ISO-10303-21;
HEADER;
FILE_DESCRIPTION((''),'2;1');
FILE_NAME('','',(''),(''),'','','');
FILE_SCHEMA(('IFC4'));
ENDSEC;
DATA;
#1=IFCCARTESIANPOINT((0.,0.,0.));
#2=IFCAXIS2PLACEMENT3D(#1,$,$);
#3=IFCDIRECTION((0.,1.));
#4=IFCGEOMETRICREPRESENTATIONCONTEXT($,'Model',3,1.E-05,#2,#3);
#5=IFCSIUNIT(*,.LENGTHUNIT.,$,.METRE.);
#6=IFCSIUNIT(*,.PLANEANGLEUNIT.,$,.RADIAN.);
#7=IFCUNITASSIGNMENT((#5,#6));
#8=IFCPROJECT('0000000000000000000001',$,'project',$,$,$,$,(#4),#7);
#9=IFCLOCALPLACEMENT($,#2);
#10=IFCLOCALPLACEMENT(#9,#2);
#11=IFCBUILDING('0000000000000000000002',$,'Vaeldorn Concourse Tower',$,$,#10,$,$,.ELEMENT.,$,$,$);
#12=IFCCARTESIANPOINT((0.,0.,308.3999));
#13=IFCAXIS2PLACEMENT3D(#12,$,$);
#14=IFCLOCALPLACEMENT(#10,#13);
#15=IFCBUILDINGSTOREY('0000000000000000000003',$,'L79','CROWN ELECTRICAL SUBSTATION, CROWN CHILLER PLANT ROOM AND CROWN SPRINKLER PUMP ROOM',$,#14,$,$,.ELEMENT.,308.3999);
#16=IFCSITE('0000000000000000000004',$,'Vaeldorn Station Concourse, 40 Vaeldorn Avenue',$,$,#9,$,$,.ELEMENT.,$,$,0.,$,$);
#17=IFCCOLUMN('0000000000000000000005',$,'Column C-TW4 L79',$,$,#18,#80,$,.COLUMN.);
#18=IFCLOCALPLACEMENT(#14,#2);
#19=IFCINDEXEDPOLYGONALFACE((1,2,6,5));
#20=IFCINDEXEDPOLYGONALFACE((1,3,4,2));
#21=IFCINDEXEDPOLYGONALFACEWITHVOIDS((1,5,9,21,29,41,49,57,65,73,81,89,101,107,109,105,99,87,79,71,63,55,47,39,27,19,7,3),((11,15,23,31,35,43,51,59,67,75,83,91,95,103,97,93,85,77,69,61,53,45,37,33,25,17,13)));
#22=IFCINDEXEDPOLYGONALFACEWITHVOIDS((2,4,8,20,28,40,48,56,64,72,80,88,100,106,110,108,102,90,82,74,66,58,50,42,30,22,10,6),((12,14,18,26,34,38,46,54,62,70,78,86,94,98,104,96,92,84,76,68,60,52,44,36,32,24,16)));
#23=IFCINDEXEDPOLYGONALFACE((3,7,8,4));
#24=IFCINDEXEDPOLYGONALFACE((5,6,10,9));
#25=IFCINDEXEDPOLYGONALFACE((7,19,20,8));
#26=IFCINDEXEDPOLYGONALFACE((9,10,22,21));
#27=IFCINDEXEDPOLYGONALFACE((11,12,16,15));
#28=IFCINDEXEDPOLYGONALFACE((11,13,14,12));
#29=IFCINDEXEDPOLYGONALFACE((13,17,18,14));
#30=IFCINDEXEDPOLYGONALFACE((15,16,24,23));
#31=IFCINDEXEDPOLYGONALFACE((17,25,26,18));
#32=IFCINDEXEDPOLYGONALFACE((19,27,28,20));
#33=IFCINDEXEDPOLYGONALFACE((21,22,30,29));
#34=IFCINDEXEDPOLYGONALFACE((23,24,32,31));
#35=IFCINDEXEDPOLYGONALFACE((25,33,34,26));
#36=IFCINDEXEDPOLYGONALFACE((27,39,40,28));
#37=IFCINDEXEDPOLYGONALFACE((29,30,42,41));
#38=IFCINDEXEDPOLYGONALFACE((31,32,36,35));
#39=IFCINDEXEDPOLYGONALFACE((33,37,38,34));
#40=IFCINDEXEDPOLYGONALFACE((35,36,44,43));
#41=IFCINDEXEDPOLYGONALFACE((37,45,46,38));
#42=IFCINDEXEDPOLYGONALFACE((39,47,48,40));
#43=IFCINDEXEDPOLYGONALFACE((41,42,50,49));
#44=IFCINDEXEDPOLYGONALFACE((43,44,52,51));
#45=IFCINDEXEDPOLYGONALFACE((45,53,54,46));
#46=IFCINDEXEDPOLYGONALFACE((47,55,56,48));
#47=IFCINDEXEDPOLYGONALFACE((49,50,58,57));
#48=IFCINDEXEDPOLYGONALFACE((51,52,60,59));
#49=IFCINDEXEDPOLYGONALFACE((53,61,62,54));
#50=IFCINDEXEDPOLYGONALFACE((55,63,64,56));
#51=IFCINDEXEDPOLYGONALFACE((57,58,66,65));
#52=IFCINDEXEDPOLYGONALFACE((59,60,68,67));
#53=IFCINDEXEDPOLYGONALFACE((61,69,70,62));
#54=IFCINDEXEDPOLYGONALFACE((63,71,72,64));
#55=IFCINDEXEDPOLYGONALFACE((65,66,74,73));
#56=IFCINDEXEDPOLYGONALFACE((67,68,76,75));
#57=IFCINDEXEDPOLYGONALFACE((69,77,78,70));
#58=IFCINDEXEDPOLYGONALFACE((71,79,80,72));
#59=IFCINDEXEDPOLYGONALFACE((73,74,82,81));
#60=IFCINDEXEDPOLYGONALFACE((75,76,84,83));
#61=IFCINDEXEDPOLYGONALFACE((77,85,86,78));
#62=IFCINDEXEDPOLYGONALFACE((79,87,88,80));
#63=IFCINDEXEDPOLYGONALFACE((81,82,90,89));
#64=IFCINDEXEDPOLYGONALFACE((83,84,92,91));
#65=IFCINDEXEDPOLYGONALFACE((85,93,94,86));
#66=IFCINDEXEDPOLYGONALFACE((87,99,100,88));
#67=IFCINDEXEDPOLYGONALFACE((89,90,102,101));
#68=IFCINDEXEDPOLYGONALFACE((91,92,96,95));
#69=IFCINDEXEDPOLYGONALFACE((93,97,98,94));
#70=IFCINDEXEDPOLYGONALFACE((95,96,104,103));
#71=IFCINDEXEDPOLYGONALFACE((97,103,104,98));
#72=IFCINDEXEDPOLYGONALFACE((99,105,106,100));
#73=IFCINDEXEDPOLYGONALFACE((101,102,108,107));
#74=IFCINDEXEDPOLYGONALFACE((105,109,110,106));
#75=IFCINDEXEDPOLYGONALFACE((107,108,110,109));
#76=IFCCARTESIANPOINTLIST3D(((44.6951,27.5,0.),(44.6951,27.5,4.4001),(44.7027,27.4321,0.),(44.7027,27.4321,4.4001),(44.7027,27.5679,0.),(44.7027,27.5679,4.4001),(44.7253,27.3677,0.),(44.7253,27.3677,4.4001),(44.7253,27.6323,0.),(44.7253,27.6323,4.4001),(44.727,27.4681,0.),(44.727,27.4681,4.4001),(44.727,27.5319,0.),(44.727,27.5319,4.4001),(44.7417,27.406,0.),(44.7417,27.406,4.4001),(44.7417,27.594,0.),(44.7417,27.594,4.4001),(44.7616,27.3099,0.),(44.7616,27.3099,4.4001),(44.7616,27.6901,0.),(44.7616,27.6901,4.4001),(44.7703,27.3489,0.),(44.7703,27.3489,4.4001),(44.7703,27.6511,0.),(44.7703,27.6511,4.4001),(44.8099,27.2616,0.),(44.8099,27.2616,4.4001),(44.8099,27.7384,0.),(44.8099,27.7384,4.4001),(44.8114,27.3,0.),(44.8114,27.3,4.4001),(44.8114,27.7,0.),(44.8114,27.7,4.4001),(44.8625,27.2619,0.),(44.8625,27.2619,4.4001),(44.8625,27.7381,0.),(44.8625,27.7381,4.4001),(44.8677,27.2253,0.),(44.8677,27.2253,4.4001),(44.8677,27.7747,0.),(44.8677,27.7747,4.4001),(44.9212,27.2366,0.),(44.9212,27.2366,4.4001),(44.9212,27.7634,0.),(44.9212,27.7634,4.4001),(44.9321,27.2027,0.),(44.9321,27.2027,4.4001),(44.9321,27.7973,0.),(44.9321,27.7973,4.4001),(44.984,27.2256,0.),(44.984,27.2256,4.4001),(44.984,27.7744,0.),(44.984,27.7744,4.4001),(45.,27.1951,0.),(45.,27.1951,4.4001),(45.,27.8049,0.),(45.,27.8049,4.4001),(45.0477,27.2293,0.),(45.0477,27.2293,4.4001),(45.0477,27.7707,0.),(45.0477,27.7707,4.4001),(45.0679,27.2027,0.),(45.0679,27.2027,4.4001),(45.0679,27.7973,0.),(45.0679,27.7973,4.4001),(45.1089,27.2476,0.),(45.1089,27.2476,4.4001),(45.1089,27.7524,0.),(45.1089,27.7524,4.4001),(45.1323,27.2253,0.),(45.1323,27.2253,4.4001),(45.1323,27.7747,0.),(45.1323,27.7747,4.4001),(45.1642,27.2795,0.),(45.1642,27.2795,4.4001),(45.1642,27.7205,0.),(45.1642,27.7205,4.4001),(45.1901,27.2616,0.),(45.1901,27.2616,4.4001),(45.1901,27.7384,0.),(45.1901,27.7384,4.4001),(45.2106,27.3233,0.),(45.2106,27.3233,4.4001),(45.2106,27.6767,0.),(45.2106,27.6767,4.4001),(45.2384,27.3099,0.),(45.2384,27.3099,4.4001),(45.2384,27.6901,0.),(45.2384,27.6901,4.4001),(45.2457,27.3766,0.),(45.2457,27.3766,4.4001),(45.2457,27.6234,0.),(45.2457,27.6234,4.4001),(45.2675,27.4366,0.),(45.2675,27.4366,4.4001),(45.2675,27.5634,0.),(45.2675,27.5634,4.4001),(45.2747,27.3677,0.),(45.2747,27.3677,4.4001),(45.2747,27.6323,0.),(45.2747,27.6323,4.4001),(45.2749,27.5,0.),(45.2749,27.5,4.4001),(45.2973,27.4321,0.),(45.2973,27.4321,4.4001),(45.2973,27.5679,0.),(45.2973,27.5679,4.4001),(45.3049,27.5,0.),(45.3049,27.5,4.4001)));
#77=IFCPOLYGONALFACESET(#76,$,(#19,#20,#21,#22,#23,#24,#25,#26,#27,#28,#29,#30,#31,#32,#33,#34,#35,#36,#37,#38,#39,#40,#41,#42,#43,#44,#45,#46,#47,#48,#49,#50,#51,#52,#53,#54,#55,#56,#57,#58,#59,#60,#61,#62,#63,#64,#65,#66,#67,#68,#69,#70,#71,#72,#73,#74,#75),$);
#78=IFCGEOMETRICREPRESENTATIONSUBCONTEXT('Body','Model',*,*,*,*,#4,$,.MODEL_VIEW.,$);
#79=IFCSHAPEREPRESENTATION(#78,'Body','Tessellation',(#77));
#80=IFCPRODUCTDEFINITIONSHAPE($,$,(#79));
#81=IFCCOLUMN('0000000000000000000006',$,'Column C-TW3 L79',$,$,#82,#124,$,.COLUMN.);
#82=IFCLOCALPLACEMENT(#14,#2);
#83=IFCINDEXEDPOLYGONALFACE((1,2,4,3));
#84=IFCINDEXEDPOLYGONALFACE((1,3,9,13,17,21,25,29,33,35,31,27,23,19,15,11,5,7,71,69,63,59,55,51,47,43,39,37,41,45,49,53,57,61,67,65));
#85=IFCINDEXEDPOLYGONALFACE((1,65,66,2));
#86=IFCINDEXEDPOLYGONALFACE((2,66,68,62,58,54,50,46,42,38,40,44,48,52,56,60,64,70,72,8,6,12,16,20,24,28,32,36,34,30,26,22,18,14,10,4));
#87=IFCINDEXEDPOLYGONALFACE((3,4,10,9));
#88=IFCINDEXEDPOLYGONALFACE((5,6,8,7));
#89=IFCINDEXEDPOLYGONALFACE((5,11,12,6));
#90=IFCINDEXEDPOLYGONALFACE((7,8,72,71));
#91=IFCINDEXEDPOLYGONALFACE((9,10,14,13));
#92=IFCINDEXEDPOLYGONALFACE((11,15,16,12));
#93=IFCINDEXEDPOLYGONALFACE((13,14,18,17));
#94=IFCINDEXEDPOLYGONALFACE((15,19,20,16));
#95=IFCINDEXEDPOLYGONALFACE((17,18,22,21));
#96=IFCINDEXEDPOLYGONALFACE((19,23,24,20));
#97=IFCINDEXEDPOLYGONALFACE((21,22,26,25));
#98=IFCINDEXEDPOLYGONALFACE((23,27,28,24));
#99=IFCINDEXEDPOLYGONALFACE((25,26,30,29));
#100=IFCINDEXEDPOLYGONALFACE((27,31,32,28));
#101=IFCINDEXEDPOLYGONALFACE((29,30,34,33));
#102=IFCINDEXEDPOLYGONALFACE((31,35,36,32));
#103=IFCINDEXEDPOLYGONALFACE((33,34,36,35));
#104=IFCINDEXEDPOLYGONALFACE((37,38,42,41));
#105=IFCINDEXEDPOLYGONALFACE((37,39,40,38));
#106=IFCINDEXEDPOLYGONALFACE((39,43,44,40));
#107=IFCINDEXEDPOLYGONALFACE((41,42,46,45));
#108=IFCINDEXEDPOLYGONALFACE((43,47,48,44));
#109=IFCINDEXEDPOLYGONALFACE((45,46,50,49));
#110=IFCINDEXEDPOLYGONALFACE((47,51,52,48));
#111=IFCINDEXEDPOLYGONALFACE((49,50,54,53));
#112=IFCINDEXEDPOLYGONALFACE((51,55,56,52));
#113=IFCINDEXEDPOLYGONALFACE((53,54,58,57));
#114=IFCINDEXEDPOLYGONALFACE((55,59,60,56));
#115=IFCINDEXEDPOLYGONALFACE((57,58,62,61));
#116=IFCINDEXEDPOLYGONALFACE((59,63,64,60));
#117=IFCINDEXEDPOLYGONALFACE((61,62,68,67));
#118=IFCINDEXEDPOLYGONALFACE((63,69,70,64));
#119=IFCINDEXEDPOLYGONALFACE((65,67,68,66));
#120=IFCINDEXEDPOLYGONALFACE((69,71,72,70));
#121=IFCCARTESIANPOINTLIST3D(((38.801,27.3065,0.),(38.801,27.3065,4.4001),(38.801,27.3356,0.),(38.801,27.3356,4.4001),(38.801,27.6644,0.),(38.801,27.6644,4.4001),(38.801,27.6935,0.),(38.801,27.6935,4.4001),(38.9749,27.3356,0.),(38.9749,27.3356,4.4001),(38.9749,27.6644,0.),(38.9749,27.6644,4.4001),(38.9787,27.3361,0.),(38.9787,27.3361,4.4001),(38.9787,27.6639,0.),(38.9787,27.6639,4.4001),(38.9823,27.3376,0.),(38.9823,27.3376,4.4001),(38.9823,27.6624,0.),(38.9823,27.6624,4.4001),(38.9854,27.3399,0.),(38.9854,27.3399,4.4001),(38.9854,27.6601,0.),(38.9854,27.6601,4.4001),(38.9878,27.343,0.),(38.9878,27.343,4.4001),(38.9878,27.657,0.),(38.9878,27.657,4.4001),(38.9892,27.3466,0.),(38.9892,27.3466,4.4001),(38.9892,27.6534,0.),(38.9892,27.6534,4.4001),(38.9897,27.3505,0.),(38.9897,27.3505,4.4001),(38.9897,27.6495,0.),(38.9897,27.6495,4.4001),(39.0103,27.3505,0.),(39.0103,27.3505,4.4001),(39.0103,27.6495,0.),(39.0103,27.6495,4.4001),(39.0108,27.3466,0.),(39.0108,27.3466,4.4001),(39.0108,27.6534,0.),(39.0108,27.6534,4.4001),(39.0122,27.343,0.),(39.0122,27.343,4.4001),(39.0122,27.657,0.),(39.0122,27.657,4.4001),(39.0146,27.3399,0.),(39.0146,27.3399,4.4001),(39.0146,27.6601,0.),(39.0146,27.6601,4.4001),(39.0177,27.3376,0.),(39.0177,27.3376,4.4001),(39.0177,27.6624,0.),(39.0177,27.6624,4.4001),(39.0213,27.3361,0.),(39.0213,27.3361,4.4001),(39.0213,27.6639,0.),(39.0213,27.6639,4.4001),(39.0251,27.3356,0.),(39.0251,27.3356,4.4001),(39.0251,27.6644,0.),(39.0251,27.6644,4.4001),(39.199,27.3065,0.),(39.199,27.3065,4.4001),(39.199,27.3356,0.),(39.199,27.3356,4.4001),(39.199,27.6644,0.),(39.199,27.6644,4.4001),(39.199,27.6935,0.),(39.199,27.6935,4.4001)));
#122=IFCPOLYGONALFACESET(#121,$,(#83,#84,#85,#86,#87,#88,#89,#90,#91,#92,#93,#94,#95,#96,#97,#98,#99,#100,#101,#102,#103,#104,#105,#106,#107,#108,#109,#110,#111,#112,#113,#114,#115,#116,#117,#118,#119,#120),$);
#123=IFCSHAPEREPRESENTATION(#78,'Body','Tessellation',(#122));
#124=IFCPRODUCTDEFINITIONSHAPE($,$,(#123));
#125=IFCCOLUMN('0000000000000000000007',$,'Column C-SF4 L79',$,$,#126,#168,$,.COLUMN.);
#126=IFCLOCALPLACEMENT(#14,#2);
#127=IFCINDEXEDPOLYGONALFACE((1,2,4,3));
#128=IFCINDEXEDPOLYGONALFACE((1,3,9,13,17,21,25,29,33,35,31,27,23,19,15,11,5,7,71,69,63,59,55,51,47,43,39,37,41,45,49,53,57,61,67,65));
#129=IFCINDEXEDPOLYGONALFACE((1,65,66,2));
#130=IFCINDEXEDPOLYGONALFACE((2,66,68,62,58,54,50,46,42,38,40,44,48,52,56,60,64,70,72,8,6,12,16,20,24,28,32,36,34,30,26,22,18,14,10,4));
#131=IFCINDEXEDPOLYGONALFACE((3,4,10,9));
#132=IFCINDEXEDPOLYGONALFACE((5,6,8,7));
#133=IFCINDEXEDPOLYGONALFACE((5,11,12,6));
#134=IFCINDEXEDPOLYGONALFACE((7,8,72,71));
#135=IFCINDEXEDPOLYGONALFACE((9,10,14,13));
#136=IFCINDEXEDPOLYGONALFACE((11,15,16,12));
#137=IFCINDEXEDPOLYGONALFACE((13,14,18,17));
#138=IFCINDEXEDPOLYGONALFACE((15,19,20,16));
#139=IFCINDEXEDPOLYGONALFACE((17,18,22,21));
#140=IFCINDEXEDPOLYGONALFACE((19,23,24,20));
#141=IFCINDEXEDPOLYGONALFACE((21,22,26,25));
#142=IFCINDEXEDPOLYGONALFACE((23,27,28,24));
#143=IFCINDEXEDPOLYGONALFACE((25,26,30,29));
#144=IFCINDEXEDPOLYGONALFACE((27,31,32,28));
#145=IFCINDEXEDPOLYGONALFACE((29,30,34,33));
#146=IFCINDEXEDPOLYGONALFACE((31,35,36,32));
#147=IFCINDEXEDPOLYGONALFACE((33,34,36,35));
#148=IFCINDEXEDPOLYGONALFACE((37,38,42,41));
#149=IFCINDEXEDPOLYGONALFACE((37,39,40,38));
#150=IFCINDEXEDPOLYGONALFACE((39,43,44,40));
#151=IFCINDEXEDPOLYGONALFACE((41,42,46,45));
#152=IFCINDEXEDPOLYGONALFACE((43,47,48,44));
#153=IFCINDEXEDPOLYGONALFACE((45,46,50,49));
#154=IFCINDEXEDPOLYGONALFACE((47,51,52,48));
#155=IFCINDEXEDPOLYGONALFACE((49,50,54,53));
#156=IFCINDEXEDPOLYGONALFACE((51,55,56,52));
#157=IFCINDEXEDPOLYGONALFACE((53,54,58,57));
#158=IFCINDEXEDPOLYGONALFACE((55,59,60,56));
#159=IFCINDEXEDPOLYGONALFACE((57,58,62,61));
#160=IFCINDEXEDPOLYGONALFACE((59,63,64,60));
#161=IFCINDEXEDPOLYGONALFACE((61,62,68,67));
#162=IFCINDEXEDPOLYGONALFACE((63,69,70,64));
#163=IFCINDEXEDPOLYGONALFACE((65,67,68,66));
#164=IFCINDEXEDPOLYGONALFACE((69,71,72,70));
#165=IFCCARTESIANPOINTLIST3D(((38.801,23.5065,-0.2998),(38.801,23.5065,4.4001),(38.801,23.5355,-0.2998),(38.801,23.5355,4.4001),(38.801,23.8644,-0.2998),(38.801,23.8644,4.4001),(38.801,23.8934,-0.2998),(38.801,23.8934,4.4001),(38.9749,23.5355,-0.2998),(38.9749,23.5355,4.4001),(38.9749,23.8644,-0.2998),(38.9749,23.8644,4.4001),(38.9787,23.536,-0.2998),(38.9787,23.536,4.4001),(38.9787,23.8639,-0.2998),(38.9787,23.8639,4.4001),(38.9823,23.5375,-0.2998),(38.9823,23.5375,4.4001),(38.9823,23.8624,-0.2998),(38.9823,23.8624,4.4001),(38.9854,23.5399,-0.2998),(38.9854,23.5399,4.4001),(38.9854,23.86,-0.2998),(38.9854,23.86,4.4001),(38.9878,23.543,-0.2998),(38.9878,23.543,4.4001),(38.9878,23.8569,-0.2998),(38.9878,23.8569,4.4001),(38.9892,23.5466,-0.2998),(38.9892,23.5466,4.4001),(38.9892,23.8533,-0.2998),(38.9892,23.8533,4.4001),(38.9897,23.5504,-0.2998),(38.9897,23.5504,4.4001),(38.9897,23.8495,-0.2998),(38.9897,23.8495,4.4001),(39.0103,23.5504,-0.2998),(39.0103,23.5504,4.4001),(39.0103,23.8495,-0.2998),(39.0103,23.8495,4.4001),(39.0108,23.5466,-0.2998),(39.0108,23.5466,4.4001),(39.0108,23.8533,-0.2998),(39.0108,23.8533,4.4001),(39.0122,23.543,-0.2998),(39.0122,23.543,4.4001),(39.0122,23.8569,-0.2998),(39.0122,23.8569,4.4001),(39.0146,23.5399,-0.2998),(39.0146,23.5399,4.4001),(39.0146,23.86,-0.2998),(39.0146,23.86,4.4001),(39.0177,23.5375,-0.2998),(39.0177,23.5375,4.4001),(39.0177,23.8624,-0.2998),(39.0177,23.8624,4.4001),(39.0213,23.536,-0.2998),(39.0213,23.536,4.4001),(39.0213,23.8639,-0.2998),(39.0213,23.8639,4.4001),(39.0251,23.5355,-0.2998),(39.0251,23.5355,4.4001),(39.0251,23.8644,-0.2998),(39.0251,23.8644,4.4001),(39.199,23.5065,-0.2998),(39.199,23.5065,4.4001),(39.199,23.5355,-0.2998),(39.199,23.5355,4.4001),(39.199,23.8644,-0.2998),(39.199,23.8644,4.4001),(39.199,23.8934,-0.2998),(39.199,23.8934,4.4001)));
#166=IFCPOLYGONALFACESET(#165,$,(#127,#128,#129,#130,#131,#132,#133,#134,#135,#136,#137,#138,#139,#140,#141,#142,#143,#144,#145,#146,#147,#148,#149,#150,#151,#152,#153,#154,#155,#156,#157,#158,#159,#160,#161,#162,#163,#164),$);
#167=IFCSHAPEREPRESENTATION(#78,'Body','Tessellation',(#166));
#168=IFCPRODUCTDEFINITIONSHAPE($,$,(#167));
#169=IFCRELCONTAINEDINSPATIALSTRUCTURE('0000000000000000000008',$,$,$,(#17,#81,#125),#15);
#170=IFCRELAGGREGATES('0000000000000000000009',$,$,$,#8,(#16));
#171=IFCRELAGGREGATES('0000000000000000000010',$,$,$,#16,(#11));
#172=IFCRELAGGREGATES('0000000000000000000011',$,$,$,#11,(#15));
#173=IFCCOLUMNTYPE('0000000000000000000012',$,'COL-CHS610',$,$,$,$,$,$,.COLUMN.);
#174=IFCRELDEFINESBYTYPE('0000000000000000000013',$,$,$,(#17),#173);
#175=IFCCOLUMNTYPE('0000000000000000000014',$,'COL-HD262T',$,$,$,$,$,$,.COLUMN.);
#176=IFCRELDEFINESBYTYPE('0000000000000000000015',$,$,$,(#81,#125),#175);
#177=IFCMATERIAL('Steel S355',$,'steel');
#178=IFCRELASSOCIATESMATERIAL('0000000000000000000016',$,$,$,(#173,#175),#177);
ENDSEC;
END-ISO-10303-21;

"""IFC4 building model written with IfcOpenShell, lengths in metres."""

from ifc_helpers import new_model, si_unit, direction, frame, origin, origin_2d, place, context, subcontext, project, spatial, hollow_circle, i_section, extrude, source, transform, mapped, material, material_profile, profile_set, type_object, element, save


model = new_model("IFC4")

# Units and contexts
model_context = context("Model", 3, precision=1e-05, world=origin(), true_north=direction((0.0, 1.0)))
body_context = subcontext(model_context, "Body", "Model", "MODEL_VIEW")
ifc_project = project(units=[si_unit("LENGTHUNIT", "METRE"), si_unit("PLANEANGLEUNIT", "RADIAN")], contexts=[model_context])

# Site, building, storey
site_placement = place(None, origin())
site = spatial("IfcSite", under=ifc_project, at=site_placement, Name="Vaeldorn Station Concourse, 40 Vaeldorn Avenue", CompositionType="ELEMENT", RefElevation=0.0)
building_placement = place(site_placement, origin())
building = spatial("IfcBuilding", under=site, at=building_placement, Name="Vaeldorn Concourse Tower", CompositionType="ELEMENT")
storey_placement = place(building_placement, frame((0.0, 0.0, 308.3999)))
storey = spatial("IfcBuildingStorey", under=building, at=storey_placement, Name="L79", Description="CROWN ELECTRICAL SUBSTATION, CROWN CHILLER PLANT ROOM AND CROWN SPRINKLER PUMP ROOM", CompositionType="ELEMENT", Elevation=308.3999)

# Columns
ifc_material_1 = material(Name="Steel S355", Category="steel")
ifc_material_profile_1 = material_profile(ifc_material_1, hollow_circle(Radius=0.3049, WallThickness=0.03, at=origin_2d()), Name="CHS 610x30")
ifc_profile_set_1 = profile_set([ifc_material_profile_1], Name="Steel S355")
column_type_1 = type_object("IfcColumnType", Name="COL-CHS610", PredefinedType="COLUMN", material=ifc_profile_set_1)
shared_shape_1 = source(origin(), body_context, "Body", "SweptSolid", [
    extrude(hollow_circle(Radius=0.3049, WallThickness=0.03, at=origin_2d()), origin(), (0.0, 0.0, 1.0), 4.4001),
])
column_1_placement = place(storey_placement, frame((45.0, 27.5, 0.0), z_axis=(0.0, 0.0, 1.0), x_axis=(1.0, 0.0, 0.0)))
element("IfcColumn", 1, at=column_1_placement, inside=storey, type_object=column_type_1, Name="Column C-TW4 L79", PredefinedType="COLUMN", context=body_context, shape_type="MappedRepresentation", body=[
    mapped(shared_shape_1, transform((0.0, 0.0, 0.0), scale=1.0)),
])
ifc_material_profile_2 = material_profile(ifc_material_1, i_section(OverallWidth=0.3979, OverallDepth=0.387, WebThickness=0.0205, FlangeThickness=0.0291, FilletRadius=0.0149, at=origin_2d()), Name="HD 400x262")
ifc_profile_set_2 = profile_set([ifc_material_profile_2], Name="Steel S355")
column_type_2 = type_object("IfcColumnType", Name="COL-HD262T", PredefinedType="COLUMN", material=ifc_profile_set_2)
shared_shape_2 = source(origin(), body_context, "Body", "SweptSolid", [
    extrude(i_section(OverallWidth=0.3979, OverallDepth=0.387, WebThickness=0.0205, FlangeThickness=0.0291, FilletRadius=0.0149, at=origin_2d()), origin(), (0.0, 0.0, 1.0), 4.4001),
])
column_2_placement = place(storey_placement, frame((39.0, 27.5, 0.0), z_axis=(0.0, 0.0, 1.0), x_axis=(1.0, 0.0, 0.0)))
element("IfcColumn", 2, at=column_2_placement, inside=storey, type_object=column_type_2, Name="Column C-TW3 L79", PredefinedType="COLUMN", context=body_context, shape_type="MappedRepresentation", body=[
    mapped(shared_shape_2, transform((0.0, 0.0, 0.0), scale=1.0)),
])
shared_shape_3 = source(origin(), body_context, "Body", "SweptSolid", [
    extrude(i_section(OverallWidth=0.3979, OverallDepth=0.387, WebThickness=0.0205, FlangeThickness=0.0291, FilletRadius=0.0149, at=origin_2d()), origin(), (0.0, 0.0, 1.0), 4.7),
])
for number, where, z_axis, x_axis, name in (
    (3, (39.0, 23.7, -0.2998), (0.0, 0.0, 1.0), (1.0, 0.0, 0.0), "Column C-SF4 L79"),
):
    element("IfcColumn", number, at=place(storey_placement, frame(where, z_axis=z_axis, x_axis=x_axis)), inside=storey, type_object=column_type_2, Name=name, PredefinedType="COLUMN", context=body_context, shape_type="MappedRepresentation", body=[
        mapped(shared_shape_3, transform((0.0, 0.0, 0.0), scale=1.0)),
    ])

save(model, "model.ifc")
